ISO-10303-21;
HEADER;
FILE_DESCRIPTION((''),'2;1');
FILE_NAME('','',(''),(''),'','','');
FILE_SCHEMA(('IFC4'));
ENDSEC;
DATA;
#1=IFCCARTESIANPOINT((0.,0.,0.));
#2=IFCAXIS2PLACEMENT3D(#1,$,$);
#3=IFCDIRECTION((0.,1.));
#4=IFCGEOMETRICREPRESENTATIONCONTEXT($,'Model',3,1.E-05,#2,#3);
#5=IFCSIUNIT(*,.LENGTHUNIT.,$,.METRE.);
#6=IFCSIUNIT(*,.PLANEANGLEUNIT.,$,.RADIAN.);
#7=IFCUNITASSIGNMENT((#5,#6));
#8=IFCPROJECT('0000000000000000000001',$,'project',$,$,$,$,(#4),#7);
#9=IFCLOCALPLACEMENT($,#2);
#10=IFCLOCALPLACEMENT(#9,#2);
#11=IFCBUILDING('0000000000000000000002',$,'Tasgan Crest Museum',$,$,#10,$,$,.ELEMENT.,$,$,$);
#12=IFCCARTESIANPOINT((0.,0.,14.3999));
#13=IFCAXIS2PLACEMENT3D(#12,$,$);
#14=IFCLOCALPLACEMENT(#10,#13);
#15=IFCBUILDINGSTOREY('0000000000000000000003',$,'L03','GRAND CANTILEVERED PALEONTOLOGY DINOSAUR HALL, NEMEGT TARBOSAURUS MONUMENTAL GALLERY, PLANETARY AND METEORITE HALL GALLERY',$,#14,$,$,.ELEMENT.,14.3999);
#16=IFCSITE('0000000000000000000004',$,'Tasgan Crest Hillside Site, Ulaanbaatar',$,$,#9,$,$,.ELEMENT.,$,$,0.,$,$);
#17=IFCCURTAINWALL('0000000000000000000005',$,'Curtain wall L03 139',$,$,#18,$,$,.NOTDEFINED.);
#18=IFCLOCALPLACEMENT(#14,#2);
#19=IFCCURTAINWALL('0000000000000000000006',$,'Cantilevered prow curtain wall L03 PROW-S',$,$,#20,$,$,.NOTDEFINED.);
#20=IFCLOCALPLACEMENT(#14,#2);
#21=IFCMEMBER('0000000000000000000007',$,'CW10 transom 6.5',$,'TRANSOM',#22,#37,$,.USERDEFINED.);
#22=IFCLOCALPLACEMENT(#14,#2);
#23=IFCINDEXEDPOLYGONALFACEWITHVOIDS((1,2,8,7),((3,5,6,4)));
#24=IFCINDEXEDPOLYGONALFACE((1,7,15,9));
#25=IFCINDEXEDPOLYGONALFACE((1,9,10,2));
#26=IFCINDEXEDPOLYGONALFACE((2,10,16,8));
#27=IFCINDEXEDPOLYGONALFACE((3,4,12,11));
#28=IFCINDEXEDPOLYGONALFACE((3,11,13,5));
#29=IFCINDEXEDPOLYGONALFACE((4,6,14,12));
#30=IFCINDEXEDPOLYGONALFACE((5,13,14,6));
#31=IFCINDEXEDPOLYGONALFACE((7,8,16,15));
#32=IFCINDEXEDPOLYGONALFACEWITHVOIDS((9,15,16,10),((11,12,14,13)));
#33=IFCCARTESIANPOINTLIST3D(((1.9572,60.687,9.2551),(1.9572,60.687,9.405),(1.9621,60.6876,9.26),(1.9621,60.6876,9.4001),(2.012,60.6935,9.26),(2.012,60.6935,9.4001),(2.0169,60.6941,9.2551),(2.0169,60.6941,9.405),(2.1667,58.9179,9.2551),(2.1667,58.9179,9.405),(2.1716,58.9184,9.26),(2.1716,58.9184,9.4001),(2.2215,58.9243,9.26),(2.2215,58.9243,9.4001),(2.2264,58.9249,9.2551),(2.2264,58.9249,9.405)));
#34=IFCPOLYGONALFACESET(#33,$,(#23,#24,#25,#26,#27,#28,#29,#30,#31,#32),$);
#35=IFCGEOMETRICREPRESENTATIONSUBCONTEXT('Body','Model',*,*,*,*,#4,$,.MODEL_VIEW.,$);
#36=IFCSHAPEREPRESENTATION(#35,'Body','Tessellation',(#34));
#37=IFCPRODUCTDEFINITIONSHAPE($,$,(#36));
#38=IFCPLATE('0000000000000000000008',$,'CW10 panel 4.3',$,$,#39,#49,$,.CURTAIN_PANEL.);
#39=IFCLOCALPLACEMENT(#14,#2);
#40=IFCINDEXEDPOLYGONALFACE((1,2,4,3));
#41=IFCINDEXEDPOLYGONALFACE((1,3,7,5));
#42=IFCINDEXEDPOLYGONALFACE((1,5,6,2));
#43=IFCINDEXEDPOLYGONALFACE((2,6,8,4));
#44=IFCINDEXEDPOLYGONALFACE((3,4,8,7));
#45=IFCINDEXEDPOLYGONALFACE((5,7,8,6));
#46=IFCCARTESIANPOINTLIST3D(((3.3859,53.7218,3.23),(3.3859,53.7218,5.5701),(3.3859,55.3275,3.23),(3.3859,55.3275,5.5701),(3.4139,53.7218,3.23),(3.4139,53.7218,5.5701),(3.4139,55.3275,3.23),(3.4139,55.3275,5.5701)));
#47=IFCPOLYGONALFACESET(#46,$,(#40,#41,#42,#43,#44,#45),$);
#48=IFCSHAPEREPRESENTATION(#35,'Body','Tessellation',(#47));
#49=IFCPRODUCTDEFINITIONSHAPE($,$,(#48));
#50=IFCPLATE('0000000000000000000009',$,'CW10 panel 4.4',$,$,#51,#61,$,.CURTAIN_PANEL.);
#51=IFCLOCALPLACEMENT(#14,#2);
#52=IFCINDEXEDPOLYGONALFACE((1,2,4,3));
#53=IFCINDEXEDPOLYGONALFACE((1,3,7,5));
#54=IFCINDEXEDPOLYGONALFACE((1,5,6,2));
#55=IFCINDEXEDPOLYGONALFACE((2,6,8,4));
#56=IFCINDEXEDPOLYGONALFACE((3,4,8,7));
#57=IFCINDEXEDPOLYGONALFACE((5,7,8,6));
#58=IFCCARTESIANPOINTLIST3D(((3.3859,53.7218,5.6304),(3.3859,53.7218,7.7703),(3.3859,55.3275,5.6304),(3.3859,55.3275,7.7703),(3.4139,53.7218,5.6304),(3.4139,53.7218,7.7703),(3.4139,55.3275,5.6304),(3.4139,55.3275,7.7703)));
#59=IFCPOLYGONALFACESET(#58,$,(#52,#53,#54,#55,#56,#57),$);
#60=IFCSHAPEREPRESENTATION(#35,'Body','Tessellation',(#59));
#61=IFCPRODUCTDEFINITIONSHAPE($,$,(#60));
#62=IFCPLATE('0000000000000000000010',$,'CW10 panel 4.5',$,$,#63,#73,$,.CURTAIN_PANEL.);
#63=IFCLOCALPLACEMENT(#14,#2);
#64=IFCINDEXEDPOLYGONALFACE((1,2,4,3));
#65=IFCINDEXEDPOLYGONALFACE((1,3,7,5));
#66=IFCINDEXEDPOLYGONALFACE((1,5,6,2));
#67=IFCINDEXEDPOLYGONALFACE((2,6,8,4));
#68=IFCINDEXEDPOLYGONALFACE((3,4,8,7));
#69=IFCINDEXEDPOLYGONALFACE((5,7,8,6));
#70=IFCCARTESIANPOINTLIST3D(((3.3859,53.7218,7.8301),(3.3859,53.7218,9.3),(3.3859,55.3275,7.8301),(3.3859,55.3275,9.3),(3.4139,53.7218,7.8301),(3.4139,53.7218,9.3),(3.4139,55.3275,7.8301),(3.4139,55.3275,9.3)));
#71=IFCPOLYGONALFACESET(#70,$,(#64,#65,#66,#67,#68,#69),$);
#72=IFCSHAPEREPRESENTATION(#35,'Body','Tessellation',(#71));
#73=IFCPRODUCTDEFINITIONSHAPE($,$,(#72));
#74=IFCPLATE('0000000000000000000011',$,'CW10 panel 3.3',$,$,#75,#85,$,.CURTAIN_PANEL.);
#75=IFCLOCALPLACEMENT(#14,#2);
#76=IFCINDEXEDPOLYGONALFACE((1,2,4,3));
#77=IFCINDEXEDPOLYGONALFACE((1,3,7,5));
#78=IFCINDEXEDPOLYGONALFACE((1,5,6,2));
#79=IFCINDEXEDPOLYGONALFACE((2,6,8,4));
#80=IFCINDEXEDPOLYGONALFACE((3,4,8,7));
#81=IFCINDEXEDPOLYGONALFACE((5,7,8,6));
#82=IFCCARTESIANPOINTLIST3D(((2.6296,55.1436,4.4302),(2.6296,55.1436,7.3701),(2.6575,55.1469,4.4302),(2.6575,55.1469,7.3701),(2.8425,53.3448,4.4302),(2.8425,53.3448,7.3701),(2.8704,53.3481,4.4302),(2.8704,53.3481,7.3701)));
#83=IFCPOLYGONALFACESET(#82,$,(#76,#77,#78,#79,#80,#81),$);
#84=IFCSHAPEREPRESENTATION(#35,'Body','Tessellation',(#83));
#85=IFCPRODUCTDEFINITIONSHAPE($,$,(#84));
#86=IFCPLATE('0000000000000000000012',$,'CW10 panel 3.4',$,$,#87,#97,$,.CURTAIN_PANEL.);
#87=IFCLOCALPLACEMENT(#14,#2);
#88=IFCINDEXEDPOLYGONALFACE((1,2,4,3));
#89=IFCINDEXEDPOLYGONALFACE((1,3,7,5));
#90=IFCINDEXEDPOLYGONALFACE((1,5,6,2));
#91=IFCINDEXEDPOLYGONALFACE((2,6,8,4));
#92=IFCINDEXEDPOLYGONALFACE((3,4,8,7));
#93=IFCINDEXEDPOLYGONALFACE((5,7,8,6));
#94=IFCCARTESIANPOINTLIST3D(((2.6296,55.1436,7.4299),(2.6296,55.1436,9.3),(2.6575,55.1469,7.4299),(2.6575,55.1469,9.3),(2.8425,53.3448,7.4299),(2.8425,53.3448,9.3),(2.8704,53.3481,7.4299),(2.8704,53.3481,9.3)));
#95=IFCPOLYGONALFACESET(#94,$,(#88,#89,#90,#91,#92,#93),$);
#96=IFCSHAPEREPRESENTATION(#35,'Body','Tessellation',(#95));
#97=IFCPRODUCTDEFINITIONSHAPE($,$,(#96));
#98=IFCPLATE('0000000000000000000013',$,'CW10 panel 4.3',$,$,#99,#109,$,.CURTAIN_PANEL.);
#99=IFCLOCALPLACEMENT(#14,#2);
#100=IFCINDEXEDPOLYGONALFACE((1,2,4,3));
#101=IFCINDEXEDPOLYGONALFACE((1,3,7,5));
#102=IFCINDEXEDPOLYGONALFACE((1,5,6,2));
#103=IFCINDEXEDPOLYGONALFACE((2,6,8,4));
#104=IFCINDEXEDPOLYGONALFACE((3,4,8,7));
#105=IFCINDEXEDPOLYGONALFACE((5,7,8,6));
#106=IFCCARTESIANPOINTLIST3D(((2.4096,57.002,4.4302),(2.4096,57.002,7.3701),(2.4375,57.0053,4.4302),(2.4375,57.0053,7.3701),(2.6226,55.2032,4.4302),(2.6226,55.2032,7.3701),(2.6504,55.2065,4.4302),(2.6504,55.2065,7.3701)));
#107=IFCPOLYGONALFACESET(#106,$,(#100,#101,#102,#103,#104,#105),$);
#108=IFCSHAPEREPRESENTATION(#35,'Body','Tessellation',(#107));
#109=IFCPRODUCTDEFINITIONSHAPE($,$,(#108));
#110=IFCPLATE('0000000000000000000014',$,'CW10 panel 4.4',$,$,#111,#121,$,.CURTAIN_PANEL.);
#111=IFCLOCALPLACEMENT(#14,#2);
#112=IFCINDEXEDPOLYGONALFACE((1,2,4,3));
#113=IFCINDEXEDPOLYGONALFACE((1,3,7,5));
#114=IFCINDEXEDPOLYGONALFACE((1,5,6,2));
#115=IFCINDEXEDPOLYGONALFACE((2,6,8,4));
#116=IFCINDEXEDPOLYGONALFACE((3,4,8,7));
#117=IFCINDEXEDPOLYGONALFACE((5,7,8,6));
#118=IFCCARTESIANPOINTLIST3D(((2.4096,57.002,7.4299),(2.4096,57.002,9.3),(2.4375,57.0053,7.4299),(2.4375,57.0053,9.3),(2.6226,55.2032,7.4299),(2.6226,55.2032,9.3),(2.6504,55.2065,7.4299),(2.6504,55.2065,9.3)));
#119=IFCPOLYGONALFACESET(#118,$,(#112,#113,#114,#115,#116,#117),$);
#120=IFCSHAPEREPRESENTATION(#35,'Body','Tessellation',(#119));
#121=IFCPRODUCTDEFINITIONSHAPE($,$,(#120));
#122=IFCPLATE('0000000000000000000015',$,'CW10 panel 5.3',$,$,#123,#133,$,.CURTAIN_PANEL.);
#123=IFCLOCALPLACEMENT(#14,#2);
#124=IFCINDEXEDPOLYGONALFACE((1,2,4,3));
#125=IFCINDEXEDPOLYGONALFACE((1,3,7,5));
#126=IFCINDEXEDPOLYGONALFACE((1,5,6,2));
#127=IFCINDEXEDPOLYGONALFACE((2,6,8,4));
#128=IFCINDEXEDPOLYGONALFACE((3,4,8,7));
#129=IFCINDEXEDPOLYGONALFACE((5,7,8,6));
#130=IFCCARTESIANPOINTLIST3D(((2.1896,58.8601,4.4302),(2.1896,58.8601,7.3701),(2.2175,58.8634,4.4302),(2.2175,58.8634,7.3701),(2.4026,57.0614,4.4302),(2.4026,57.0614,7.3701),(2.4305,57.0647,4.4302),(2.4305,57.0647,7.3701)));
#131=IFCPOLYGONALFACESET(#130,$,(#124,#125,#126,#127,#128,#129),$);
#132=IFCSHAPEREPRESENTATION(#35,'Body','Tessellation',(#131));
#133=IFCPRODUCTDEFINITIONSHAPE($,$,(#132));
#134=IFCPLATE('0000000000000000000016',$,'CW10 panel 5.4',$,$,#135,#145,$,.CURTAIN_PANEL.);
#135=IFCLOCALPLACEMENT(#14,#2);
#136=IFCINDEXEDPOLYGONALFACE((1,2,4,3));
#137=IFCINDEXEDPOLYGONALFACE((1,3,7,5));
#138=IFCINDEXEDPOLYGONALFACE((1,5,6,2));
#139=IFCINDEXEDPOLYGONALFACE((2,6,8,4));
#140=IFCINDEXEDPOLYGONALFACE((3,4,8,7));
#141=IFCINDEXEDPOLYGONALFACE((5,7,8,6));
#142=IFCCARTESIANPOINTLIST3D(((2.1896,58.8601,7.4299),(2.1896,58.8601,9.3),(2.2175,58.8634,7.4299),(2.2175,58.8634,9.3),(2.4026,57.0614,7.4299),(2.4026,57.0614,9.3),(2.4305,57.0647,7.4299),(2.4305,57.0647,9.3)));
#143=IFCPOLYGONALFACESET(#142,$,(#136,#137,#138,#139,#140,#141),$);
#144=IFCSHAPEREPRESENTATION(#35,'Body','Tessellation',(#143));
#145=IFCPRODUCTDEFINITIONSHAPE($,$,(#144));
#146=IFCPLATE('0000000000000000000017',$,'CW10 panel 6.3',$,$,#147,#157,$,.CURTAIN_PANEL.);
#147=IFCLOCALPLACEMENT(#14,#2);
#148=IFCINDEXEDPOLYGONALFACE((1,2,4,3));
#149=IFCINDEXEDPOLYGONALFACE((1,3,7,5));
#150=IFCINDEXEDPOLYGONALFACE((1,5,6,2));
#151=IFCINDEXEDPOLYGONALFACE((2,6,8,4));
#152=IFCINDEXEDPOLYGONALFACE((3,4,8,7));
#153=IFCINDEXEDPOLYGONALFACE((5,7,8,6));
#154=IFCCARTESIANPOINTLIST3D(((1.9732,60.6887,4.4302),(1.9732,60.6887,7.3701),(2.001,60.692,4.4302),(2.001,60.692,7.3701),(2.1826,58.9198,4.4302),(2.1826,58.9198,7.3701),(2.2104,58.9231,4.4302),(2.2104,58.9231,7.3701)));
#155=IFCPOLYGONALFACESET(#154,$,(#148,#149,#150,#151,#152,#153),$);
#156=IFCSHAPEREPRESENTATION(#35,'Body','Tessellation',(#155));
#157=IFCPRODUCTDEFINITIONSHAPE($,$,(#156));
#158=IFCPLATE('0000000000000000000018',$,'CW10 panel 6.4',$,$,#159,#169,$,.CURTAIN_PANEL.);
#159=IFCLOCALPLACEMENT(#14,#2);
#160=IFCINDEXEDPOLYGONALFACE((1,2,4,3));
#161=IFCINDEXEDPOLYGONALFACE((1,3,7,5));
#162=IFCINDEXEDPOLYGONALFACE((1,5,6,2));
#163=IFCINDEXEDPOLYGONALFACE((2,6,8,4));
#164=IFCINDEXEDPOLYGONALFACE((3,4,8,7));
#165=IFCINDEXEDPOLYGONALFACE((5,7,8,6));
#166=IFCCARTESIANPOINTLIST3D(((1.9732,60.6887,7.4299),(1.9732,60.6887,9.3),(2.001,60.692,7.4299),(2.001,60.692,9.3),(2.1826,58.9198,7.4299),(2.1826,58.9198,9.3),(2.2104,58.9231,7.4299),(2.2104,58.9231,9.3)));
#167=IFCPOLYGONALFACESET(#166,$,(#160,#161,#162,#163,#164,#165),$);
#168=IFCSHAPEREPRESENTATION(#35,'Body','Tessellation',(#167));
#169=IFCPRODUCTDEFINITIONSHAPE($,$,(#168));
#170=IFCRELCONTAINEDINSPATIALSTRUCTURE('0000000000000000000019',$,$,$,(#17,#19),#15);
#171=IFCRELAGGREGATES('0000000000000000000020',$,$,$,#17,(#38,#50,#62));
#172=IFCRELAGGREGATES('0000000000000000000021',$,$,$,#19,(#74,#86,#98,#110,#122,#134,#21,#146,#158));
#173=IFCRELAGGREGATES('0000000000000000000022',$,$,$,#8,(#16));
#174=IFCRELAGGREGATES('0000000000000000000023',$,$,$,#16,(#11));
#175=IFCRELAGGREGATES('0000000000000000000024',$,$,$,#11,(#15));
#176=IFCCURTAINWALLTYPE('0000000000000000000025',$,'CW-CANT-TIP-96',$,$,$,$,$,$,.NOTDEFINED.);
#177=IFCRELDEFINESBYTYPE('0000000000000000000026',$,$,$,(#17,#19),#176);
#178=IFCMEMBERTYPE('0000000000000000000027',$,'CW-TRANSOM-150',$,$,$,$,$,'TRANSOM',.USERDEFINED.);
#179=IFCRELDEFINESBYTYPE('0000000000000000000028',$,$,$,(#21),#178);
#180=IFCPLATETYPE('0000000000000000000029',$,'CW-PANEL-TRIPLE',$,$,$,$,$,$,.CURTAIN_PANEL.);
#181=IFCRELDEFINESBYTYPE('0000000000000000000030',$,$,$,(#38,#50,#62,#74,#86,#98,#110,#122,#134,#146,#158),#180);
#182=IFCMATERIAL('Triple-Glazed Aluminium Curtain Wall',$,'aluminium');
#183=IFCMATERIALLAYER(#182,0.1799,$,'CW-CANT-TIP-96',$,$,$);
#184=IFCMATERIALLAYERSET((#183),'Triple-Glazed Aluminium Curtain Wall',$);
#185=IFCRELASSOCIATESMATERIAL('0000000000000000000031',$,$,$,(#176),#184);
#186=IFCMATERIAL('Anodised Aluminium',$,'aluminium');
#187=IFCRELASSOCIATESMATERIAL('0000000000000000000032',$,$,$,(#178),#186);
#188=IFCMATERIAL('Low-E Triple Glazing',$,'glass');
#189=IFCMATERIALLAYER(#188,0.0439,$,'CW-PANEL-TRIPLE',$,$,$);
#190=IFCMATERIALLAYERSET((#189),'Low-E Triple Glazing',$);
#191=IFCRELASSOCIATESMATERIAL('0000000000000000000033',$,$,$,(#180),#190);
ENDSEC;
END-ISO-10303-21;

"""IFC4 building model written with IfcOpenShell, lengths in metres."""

from ifc_helpers import new_model, si_unit, direction, frame, origin, origin_2d, place, context, subcontext, project, spatial, rectangle, hollow_rectangle, extrude, material, layer, layer_set, material_profile, profile_set, type_object, element, aggregate, save


model = new_model("IFC4")

# Units and contexts
model_context = context("Model", 3, precision=1e-05, world=origin(), true_north=direction((0.0, 1.0)))
body_context = subcontext(model_context, "Body", "Model", "MODEL_VIEW")
ifc_project = project(units=[si_unit("LENGTHUNIT", "METRE"), si_unit("PLANEANGLEUNIT", "RADIAN")], contexts=[model_context])

# Site, building, storey
site_placement = place(None, origin())
site = spatial("IfcSite", under=ifc_project, at=site_placement, Name="Tasgan Crest Hillside Site, Ulaanbaatar", CompositionType="ELEMENT", RefElevation=0.0)
building_placement = place(site_placement, origin())
building = spatial("IfcBuilding", under=site, at=building_placement, Name="Tasgan Crest Museum", CompositionType="ELEMENT")
storey_placement = place(building_placement, frame((0.0, 0.0, 14.3999)))
storey = spatial("IfcBuildingStorey", under=building, at=storey_placement, Name="L03", Description="GRAND CANTILEVERED PALEONTOLOGY DINOSAUR HALL, NEMEGT TARBOSAURUS MONUMENTAL GALLERY, PLANETARY AND METEORITE HALL GALLERY", CompositionType="ELEMENT", Elevation=14.3999)

# Curtain walls, member
ifc_material_1 = material(Name="Triple-Glazed Aluminium Curtain Wall", Category="aluminium")
ifc_layer_1 = layer(ifc_material_1, 0.1799, Name="CW-CANT-TIP-96")
ifc_layer_set_1 = layer_set([ifc_layer_1], Name="Triple-Glazed Aluminium Curtain Wall")
curtain_wall_type = type_object("IfcCurtainWallType", Name="CW-CANT-TIP-96", PredefinedType="NOTDEFINED", material=ifc_layer_set_1)
curtain_wall_1_placement = place(storey_placement, origin())
curtain_wall_1 = element("IfcCurtainWall", 1, at=curtain_wall_1_placement, inside=storey, type_object=curtain_wall_type, Name="Curtain wall L03 139", PredefinedType="NOTDEFINED")
ifc_material_2 = material(Name="Anodised Aluminium", Category="aluminium")
ifc_material_profile = material_profile(ifc_material_2, hollow_rectangle(XDim=0.0601, YDim=0.1499, WallThickness=0.0049, at=origin_2d()), Name="ALU TRANSOM 150x60x5")
ifc_profile_set = profile_set([ifc_material_profile], Name="Anodised Aluminium")
member_type = type_object("IfcMemberType", Name="CW-TRANSOM-150", ElementType="TRANSOM", PredefinedType="USERDEFINED", material=ifc_profile_set)
curtain_wall_2_placement = place(storey_placement, origin())
curtain_wall_2 = element("IfcCurtainWall", 2, at=curtain_wall_2_placement, inside=storey, type_object=curtain_wall_type, Name="Cantilevered prow curtain wall L03 PROW-S", PredefinedType="NOTDEFINED")
member_1_placement = place(storey_placement, frame((2.1965, 58.9214, 9.3301), z_axis=(-0.117589, 0.993062, 0.0), x_axis=(-0.993062, -0.117589, 0.0)))
member_1 = element("IfcMember", 3, at=member_1_placement, type_object=member_type, Name="CW10 transom 6.5", ObjectType="TRANSOM", PredefinedType="USERDEFINED", context=body_context, shape_type="SweptSolid", body=[
    extrude(hollow_rectangle(XDim=0.0601, YDim=0.1499, WallThickness=0.0049, at=origin_2d()), origin(), (0.0, 0.0, 1.0), 1.7815),
])

# Plates
ifc_material_3 = material(Name="Low-E Triple Glazing", Category="glass")
ifc_layer_2 = layer(ifc_material_3, 0.0439, Name="CW-PANEL-TRIPLE")
ifc_layer_set_2 = layer_set([ifc_layer_2], Name="Low-E Triple Glazing")
plate_type = type_object("IfcPlateType", Name="CW-PANEL-TRIPLE", PredefinedType="CURTAIN_PANEL", material=ifc_layer_set_2)
plate_1_placement = place(storey_placement, frame((3.3999, 54.5247, 3.23), z_axis=(0.0, 0.0, 1.0), x_axis=(0.0, -1.0, 0.0)))
plate_1 = element("IfcPlate", 4, at=plate_1_placement, type_object=plate_type, Name="CW10 panel 4.3", PredefinedType="CURTAIN_PANEL", context=body_context, shape_type="SweptSolid", body=[
    extrude(rectangle(XDim=1.6057, YDim=0.0281, at=origin_2d()), origin(), (0.0, 0.0, 1.0), 2.3401),
])
plate_2_placement = place(storey_placement, frame((3.3999, 54.5247, 5.6304), z_axis=(0.0, 0.0, 1.0), x_axis=(0.0, -1.0, 0.0)))
plate_2 = element("IfcPlate", 5, at=plate_2_placement, type_object=plate_type, Name="CW10 panel 4.4", PredefinedType="CURTAIN_PANEL", context=body_context, shape_type="SweptSolid", body=[
    extrude(rectangle(XDim=1.6057, YDim=0.0281, at=origin_2d()), origin(), (0.0, 0.0, 1.0), 2.1399),
])
plate_3_placement = place(storey_placement, frame((3.3999, 54.5247, 7.8301), z_axis=(0.0, 0.0, 1.0), x_axis=(0.0, -1.0, 0.0)))
plate_3 = element("IfcPlate", 6, at=plate_3_placement, type_object=plate_type, Name="CW10 panel 4.5", PredefinedType="CURTAIN_PANEL", context=body_context, shape_type="SweptSolid", body=[
    extrude(rectangle(XDim=1.6057, YDim=0.0281, at=origin_2d()), origin(), (0.0, 0.0, 1.0), 1.47),
])
aggregate(curtain_wall_1, [plate_1, plate_2, plate_3])
plate_4_placement = place(storey_placement, frame((2.75, 54.2458, 4.4302), z_axis=(0.0, 0.0, 1.0), x_axis=(-0.117565, 0.993065, 0.0)))
plate_4 = element("IfcPlate", 7, at=plate_4_placement, type_object=plate_type, Name="CW10 panel 3.3", PredefinedType="CURTAIN_PANEL", context=body_context, shape_type="SweptSolid", body=[
    extrude(rectangle(XDim=1.8113, YDim=0.0281, at=origin_2d()), origin(), (0.0, 0.0, 1.0), 2.9399),
])
plate_5_placement = place(storey_placement, frame((2.75, 54.2458, 7.4299), z_axis=(0.0, 0.0, 1.0), x_axis=(-0.117565, 0.993065, 0.0)))
plate_5 = element("IfcPlate", 8, at=plate_5_placement, type_object=plate_type, Name="CW10 panel 3.4", PredefinedType="CURTAIN_PANEL", context=body_context, shape_type="SweptSolid", body=[
    extrude(rectangle(XDim=1.8113, YDim=0.0281, at=origin_2d()), origin(), (0.0, 0.0, 1.0), 1.8701),
])
plate_6_placement = place(storey_placement, frame((2.53, 56.1042, 4.4302), z_axis=(0.0, 0.0, 1.0), x_axis=(-0.117565, 0.993065, 0.0)))
plate_6 = element("IfcPlate", 9, at=plate_6_placement, type_object=plate_type, Name="CW10 panel 4.3", PredefinedType="CURTAIN_PANEL", context=body_context, shape_type="SweptSolid", body=[
    extrude(rectangle(XDim=1.8113, YDim=0.0281, at=origin_2d()), origin(), (0.0, 0.0, 1.0), 2.9399),
])
plate_7_placement = place(storey_placement, frame((2.53, 56.1042, 7.4299), z_axis=(0.0, 0.0, 1.0), x_axis=(-0.117565, 0.993065, 0.0)))
plate_7 = element("IfcPlate", 10, at=plate_7_placement, type_object=plate_type, Name="CW10 panel 4.4", PredefinedType="CURTAIN_PANEL", context=body_context, shape_type="SweptSolid", body=[
    extrude(rectangle(XDim=1.8113, YDim=0.0281, at=origin_2d()), origin(), (0.0, 0.0, 1.0), 1.8701),
])
plate_8_placement = place(storey_placement, frame((2.3101, 57.9624, 4.4302), z_axis=(0.0, 0.0, 1.0), x_axis=(-0.117565, 0.993065, 0.0)))
plate_8 = element("IfcPlate", 11, at=plate_8_placement, type_object=plate_type, Name="CW10 panel 5.3", PredefinedType="CURTAIN_PANEL", context=body_context, shape_type="SweptSolid", body=[
    extrude(rectangle(XDim=1.8113, YDim=0.0281, at=origin_2d()), origin(), (0.0, 0.0, 1.0), 2.9399),
])
plate_9_placement = place(storey_placement, frame((2.3101, 57.9624, 7.4299), z_axis=(0.0, 0.0, 1.0), x_axis=(-0.117565, 0.993065, 0.0)))
plate_9 = element("IfcPlate", 12, at=plate_9_placement, type_object=plate_type, Name="CW10 panel 5.4", PredefinedType="CURTAIN_PANEL", context=body_context, shape_type="SweptSolid", body=[
    extrude(rectangle(XDim=1.8113, YDim=0.0281, at=origin_2d()), origin(), (0.0, 0.0, 1.0), 1.8701),
])
plate_10_placement = place(storey_placement, frame((2.0918, 59.8059, 4.4302), z_axis=(0.0, 0.0, 1.0), x_axis=(-0.117565, 0.993065, 0.0)))
plate_10 = element("IfcPlate", 13, at=plate_10_placement, type_object=plate_type, Name="CW10 panel 6.3", PredefinedType="CURTAIN_PANEL", context=body_context, shape_type="SweptSolid", body=[
    extrude(rectangle(XDim=1.7812, YDim=0.0281, at=origin_2d()), origin(), (0.0, 0.0, 1.0), 2.9399),
])
plate_11_placement = place(storey_placement, frame((2.0918, 59.8059, 7.4299), z_axis=(0.0, 0.0, 1.0), x_axis=(-0.117565, 0.993065, 0.0)))
plate_11 = element("IfcPlate", 14, at=plate_11_placement, type_object=plate_type, Name="CW10 panel 6.4", PredefinedType="CURTAIN_PANEL", context=body_context, shape_type="SweptSolid", body=[
    extrude(rectangle(XDim=1.7812, YDim=0.0281, at=origin_2d()), origin(), (0.0, 0.0, 1.0), 1.8701),
])
aggregate(curtain_wall_2, [plate_4, plate_5, plate_6, plate_7, plate_8, plate_9, member_1, plate_10, plate_11])

save(model, "model.ifc")
